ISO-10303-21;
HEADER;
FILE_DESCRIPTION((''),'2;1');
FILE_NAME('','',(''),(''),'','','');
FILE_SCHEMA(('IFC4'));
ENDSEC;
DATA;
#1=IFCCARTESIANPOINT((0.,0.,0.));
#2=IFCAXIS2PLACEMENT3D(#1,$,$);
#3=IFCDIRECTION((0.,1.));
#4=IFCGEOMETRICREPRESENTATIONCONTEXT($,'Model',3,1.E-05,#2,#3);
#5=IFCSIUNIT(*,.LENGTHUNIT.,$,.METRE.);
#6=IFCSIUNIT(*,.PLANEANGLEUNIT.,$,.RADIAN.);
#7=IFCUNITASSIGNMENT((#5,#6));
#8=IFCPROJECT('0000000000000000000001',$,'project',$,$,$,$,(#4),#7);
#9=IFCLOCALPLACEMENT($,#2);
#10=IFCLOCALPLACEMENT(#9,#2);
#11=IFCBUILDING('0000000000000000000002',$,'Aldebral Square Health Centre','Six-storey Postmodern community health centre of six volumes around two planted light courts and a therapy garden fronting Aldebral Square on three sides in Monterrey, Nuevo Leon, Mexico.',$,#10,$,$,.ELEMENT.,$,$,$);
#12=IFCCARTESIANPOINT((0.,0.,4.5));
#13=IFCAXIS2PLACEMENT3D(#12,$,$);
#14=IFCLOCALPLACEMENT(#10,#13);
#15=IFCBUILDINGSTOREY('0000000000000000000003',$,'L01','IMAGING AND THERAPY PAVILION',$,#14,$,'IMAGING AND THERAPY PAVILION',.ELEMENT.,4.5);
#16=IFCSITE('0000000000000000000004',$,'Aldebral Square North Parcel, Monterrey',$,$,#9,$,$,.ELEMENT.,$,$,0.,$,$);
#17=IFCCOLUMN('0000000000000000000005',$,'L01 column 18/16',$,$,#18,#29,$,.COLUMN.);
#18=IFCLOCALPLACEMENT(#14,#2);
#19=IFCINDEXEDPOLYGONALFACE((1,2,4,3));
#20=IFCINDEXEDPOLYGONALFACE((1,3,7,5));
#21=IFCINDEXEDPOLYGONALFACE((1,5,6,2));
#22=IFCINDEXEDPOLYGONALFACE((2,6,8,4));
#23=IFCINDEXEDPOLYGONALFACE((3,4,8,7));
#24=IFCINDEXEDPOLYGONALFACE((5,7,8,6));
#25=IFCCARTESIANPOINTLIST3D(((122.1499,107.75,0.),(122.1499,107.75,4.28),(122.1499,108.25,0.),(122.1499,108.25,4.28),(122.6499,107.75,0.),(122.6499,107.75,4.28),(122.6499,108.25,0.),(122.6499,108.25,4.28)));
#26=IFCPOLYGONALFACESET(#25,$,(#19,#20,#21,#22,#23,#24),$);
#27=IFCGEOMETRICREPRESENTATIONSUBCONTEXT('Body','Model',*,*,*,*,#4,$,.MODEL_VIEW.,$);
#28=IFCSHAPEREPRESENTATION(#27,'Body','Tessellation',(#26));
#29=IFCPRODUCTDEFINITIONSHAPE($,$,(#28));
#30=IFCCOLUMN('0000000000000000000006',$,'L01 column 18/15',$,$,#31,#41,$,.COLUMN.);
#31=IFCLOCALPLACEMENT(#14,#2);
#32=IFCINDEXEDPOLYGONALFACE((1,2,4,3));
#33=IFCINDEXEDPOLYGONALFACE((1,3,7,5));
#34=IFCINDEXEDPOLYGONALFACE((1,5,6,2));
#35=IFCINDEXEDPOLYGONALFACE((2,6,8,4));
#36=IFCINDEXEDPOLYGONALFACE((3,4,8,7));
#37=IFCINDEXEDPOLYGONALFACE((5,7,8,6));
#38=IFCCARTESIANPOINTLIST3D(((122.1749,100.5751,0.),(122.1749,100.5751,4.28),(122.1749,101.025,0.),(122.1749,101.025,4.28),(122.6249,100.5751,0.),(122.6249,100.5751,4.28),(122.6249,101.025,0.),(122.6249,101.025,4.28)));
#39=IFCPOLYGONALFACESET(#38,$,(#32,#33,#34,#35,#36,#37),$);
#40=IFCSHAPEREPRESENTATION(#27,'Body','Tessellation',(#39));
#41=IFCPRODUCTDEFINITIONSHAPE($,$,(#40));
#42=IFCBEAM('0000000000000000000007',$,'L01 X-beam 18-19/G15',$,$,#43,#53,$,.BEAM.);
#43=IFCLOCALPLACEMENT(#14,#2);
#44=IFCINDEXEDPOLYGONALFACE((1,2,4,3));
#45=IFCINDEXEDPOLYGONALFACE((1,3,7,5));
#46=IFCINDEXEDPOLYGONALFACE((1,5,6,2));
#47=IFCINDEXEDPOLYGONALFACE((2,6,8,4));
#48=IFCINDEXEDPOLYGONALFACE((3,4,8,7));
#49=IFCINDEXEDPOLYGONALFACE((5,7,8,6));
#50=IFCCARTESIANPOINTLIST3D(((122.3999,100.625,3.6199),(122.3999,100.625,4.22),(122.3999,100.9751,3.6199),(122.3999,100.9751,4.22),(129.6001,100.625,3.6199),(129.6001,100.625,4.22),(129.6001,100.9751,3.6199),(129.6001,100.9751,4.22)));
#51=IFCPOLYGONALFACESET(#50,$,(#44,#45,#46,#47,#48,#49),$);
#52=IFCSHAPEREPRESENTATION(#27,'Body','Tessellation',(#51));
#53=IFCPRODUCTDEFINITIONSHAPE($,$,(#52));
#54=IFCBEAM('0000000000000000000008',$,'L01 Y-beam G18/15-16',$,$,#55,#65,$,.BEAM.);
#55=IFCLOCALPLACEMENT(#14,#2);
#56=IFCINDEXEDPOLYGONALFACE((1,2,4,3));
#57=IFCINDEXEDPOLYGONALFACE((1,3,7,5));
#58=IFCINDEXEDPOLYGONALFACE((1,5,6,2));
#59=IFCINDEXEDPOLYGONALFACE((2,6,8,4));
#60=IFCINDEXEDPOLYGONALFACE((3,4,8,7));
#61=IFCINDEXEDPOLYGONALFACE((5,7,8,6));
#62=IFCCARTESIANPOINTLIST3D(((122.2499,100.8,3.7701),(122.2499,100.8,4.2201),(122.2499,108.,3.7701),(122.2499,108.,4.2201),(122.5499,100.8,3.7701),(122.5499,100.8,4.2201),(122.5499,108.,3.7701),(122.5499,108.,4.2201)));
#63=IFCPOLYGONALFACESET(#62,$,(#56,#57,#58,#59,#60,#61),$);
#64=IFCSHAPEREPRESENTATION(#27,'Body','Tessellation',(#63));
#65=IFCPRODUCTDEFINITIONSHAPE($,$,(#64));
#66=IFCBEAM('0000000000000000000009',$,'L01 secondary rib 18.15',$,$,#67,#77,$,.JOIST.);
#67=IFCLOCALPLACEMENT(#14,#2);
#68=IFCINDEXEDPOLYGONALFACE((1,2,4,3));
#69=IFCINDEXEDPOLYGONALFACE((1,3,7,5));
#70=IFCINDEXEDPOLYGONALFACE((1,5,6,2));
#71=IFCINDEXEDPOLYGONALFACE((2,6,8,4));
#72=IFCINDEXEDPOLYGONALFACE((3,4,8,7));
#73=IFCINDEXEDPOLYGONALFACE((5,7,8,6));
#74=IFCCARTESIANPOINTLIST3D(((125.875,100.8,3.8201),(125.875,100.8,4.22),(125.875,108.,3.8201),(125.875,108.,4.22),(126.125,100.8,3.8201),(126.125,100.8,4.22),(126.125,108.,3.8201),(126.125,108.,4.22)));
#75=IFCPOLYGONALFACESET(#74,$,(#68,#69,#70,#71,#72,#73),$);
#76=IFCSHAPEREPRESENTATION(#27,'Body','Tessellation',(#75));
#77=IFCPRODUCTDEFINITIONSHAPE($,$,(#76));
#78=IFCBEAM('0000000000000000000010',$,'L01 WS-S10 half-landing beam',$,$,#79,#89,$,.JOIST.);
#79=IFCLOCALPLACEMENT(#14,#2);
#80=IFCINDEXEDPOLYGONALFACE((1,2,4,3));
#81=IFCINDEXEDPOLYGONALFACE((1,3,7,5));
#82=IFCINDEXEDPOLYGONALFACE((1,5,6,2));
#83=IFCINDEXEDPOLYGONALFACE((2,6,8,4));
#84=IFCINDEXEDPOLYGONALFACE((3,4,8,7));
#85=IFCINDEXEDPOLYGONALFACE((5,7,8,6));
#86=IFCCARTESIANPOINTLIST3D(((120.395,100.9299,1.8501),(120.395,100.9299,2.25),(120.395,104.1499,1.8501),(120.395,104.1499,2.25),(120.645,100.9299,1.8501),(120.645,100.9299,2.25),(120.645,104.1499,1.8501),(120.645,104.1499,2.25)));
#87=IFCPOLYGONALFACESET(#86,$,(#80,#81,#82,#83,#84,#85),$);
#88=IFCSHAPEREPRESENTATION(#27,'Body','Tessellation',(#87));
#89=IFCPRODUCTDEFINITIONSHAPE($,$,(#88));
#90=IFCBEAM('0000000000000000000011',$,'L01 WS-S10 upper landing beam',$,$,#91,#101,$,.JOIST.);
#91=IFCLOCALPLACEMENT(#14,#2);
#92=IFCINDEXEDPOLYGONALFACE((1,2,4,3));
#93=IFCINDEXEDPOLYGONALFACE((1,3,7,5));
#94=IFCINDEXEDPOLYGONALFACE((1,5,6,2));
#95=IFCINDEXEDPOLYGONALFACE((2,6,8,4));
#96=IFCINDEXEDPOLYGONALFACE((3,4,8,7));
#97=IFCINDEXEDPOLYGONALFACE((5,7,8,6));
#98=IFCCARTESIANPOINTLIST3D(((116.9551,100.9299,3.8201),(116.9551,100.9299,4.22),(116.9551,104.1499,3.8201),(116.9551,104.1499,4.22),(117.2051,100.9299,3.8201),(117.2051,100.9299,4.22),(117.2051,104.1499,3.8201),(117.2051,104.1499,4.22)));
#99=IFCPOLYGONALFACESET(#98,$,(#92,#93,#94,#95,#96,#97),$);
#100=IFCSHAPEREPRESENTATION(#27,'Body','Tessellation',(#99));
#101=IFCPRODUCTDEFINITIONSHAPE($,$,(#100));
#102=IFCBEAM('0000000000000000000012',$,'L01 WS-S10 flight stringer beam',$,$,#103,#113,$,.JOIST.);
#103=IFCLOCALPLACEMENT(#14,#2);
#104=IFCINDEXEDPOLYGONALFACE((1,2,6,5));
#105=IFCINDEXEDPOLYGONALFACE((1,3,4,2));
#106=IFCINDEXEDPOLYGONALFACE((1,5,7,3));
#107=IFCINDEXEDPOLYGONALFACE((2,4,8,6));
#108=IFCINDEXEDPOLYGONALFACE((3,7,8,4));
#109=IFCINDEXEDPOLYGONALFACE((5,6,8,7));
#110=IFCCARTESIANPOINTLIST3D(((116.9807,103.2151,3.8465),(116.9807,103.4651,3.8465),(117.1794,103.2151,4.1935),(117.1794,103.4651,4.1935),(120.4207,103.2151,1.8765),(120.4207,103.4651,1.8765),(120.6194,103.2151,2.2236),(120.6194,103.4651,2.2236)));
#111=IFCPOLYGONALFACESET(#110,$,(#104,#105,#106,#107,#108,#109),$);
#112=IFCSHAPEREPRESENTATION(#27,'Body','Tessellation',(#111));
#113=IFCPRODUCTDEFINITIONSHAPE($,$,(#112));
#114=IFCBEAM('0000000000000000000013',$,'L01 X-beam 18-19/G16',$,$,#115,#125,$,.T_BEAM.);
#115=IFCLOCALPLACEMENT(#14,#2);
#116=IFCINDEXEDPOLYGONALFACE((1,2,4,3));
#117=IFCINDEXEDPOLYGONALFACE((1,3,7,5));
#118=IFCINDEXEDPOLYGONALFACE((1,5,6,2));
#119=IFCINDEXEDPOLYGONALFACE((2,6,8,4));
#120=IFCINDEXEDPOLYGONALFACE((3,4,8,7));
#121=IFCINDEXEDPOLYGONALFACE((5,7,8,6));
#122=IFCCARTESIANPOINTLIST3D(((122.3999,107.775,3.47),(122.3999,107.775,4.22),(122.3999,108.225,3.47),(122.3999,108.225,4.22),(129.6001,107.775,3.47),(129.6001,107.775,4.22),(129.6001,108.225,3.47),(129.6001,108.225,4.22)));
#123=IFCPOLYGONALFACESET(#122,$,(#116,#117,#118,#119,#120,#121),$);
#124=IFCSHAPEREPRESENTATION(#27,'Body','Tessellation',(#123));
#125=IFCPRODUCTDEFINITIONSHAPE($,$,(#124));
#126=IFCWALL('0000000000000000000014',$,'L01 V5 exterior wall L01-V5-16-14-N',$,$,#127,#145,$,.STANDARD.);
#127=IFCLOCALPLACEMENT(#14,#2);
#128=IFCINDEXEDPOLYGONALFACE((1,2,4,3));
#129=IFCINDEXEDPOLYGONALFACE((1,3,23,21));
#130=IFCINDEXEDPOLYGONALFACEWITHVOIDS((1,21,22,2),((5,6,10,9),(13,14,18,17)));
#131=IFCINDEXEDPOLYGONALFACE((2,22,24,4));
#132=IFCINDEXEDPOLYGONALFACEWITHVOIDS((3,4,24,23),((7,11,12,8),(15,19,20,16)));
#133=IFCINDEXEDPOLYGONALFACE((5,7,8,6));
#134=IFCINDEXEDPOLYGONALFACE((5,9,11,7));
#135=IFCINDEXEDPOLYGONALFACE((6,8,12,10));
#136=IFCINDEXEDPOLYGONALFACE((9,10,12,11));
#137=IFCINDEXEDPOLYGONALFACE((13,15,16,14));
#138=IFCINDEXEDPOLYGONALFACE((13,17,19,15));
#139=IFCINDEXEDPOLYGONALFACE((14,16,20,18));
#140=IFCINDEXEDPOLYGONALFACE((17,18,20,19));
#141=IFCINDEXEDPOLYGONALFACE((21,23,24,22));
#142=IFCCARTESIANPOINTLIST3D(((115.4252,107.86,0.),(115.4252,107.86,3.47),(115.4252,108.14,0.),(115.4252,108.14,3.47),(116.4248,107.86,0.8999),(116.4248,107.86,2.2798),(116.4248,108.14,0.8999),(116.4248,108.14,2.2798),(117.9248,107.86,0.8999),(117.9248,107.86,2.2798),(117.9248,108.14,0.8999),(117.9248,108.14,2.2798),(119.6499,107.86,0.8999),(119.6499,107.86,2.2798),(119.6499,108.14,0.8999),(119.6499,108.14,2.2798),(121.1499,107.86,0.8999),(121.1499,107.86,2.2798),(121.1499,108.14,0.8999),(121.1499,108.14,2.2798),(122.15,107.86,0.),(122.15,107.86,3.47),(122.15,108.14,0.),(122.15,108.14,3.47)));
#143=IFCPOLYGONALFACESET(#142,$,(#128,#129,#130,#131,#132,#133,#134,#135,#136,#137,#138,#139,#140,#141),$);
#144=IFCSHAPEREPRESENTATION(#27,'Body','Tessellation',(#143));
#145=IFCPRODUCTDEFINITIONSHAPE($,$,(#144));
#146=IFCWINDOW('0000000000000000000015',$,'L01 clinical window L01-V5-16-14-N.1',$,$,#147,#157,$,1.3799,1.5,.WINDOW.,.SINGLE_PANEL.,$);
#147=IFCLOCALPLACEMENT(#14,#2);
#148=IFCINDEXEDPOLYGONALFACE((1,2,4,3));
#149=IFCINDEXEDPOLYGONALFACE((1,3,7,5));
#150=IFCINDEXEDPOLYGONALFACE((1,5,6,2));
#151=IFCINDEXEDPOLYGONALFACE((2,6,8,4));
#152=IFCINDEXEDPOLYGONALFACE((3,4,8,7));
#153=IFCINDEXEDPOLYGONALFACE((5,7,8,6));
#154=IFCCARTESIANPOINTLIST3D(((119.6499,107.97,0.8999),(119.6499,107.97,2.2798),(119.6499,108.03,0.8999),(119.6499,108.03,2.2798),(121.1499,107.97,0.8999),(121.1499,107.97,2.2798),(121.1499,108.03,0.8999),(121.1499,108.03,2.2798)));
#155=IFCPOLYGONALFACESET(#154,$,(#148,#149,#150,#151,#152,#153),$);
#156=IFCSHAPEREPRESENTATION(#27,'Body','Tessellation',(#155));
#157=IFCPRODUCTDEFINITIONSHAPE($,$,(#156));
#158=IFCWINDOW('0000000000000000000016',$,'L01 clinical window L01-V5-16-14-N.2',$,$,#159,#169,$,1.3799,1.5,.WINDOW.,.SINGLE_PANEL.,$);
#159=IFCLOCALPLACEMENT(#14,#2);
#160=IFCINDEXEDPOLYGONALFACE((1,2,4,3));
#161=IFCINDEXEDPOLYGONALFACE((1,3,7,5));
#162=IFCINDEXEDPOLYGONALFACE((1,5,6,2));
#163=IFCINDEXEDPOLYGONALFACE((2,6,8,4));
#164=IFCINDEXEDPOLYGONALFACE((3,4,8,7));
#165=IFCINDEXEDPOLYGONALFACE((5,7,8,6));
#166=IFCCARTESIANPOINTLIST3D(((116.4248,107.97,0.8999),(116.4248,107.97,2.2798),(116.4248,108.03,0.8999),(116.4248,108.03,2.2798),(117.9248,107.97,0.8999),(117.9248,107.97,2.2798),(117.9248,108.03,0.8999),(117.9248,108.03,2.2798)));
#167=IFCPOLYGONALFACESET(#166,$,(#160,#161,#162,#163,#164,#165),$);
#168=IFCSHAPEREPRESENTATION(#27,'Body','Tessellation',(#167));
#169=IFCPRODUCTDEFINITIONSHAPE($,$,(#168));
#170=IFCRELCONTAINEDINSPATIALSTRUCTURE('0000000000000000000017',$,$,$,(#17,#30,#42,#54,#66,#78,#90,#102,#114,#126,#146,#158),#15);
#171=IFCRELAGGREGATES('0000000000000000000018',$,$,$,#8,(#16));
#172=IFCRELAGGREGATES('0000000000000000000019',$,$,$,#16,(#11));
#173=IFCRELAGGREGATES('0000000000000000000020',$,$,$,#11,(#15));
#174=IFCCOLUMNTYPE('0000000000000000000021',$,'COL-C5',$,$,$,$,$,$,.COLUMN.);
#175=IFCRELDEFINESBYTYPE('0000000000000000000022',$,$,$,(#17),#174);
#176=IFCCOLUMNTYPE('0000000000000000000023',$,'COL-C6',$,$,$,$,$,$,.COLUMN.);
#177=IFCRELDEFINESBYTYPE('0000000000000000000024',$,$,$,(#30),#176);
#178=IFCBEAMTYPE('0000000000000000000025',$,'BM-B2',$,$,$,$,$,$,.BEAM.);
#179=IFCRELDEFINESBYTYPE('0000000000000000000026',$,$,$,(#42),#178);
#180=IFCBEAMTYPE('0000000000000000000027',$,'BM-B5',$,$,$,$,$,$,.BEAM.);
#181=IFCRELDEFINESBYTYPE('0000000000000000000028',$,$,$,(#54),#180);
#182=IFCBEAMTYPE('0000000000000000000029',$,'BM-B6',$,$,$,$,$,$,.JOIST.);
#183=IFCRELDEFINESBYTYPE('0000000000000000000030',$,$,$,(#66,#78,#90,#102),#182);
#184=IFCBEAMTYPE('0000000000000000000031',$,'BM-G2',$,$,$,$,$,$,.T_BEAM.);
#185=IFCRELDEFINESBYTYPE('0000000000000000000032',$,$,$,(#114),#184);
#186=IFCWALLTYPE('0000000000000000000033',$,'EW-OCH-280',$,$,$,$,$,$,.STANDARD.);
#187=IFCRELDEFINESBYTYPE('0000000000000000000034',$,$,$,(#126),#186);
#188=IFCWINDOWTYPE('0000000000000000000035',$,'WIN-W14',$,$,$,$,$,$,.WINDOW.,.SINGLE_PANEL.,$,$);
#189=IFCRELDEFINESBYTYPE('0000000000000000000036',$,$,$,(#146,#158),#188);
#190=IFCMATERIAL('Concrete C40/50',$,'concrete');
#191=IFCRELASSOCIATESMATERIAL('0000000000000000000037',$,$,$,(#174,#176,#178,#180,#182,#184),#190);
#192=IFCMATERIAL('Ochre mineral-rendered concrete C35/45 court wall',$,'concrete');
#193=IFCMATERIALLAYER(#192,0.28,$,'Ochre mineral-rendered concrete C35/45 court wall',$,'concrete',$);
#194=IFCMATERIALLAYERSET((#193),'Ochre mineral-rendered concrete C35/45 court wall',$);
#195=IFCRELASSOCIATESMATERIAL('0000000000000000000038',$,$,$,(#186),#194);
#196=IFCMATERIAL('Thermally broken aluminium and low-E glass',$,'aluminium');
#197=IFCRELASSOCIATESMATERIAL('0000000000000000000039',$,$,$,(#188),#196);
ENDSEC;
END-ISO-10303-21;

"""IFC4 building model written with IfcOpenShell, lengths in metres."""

from ifc_helpers import new_model, si_unit, direction, frame, frame_2d, origin, origin_2d, place, context, subcontext, project, spatial, rectangle, extrude, material, layer, layer_set, material_profile, profile_set, type_object, element, fill, save


model = new_model("IFC4")

# Units and contexts
model_context = context("Model", 3, precision=1e-05, world=origin(), true_north=direction((0.0, 1.0)))
body_context = subcontext(model_context, "Body", "Model", "MODEL_VIEW")
ifc_project = project(units=[si_unit("LENGTHUNIT", "METRE"), si_unit("PLANEANGLEUNIT", "RADIAN")], contexts=[model_context])

# Site, building, storey
site_placement = place(None, origin())
site = spatial("IfcSite", under=ifc_project, at=site_placement, Name="Aldebral Square North Parcel, Monterrey", CompositionType="ELEMENT", RefElevation=0.0)
building_placement = place(site_placement, origin())
building = spatial("IfcBuilding", under=site, at=building_placement, Name="Aldebral Square Health Centre", Description="Six-storey Postmodern community health centre of six volumes around two planted light courts and a therapy garden fronting Aldebral Square on three sides in Monterrey, Nuevo Leon, Mexico.", CompositionType="ELEMENT")
storey_placement = place(building_placement, frame((0.0, 0.0, 4.5)))
storey = spatial("IfcBuildingStorey", under=building, at=storey_placement, Name="L01", Description="IMAGING AND THERAPY PAVILION", LongName="IMAGING AND THERAPY PAVILION", CompositionType="ELEMENT", Elevation=4.5)

# Columns
ifc_material_1 = material(Name="Concrete C40/50", Category="concrete")
ifc_material_profile_1 = material_profile(ifc_material_1, rectangle(XDim=0.5, YDim=0.5, at=origin_2d()), Name="RC 500x500")
ifc_profile_set_1 = profile_set([ifc_material_profile_1], Name="Concrete C40/50")
column_type_1 = type_object("IfcColumnType", Name="COL-C5", PredefinedType="COLUMN", material=ifc_profile_set_1)
column_1_placement = place(storey_placement, frame((122.3999, 108.0, 0.0), z_axis=(0.0, 0.0, 1.0), x_axis=(1.0, 0.0, 0.0)))
element("IfcColumn", 1, at=column_1_placement, inside=storey, type_object=column_type_1, Name="L01 column 18/16", PredefinedType="COLUMN", context=body_context, shape_type="SweptSolid", body=[
    extrude(rectangle(XDim=0.5, YDim=0.5, at=origin_2d()), origin(), (0.0, 0.0, 1.0), 4.28),
])
ifc_material_profile_2 = material_profile(ifc_material_1, rectangle(XDim=0.45, YDim=0.45, at=origin_2d()), Name="RC 450x450")
ifc_profile_set_2 = profile_set([ifc_material_profile_2], Name="Concrete C40/50")
column_type_2 = type_object("IfcColumnType", Name="COL-C6", PredefinedType="COLUMN", material=ifc_profile_set_2)
column_2_placement = place(storey_placement, frame((122.3999, 100.8, 0.0), z_axis=(0.0, 0.0, 1.0), x_axis=(1.0, 0.0, 0.0)))
element("IfcColumn", 2, at=column_2_placement, inside=storey, type_object=column_type_2, Name="L01 column 18/15", PredefinedType="COLUMN", context=body_context, shape_type="SweptSolid", body=[
    extrude(rectangle(XDim=0.45, YDim=0.45, at=origin_2d()), origin(), (0.0, 0.0, 1.0), 4.28),
])

# Beams
ifc_material_profile_3 = material_profile(ifc_material_1, rectangle(XDim=0.3501, YDim=0.6001, at=origin_2d()), Name="RC 350x600")
ifc_profile_set_3 = profile_set([ifc_material_profile_3], Name="Concrete C40/50")
beam_type_1 = type_object("IfcBeamType", Name="BM-B2", PredefinedType="BEAM", material=ifc_profile_set_3)
beam_1_placement = place(storey_placement, frame((122.3999, 100.8, 3.9199), z_axis=(1.0, 0.0, 0.0), x_axis=(0.0, 1.0, 0.0)))
element("IfcBeam", 3, at=beam_1_placement, inside=storey, type_object=beam_type_1, Name="L01 X-beam 18-19/G15", PredefinedType="BEAM", context=body_context, shape_type="SweptSolid", body=[
    extrude(rectangle(XDim=0.3501, YDim=0.6001, at=origin_2d()), origin(), (0.0, 0.0, 1.0), 7.2002),
])
ifc_material_profile_4 = material_profile(ifc_material_1, rectangle(XDim=0.3, YDim=0.45, at=origin_2d()), Name="RC 300x450")
ifc_profile_set_4 = profile_set([ifc_material_profile_4], Name="Concrete C40/50")
beam_type_2 = type_object("IfcBeamType", Name="BM-B5", PredefinedType="BEAM", material=ifc_profile_set_4)
beam_2_placement = place(storey_placement, frame((122.3999, 100.8, 3.9951), z_axis=(0.0, 1.0, 0.0), x_axis=(-1.0, 0.0, 0.0)))
element("IfcBeam", 4, at=beam_2_placement, inside=storey, type_object=beam_type_2, Name="L01 Y-beam G18/15-16", PredefinedType="BEAM", context=body_context, shape_type="SweptSolid", body=[
    extrude(rectangle(XDim=0.3, YDim=0.45, at=origin_2d()), origin(), (0.0, 0.0, 1.0), 7.2),
])
ifc_material_profile_5 = material_profile(ifc_material_1, rectangle(XDim=0.25, YDim=0.3999, at=origin_2d()), Name="RC 250x400")
ifc_profile_set_5 = profile_set([ifc_material_profile_5], Name="Concrete C40/50")
beam_type_3 = type_object("IfcBeamType", Name="BM-B6", PredefinedType="JOIST", material=ifc_profile_set_5)
beam_3_placement = place(storey_placement, frame((126.0, 100.8, 4.02), z_axis=(0.0, 1.0, 0.0), x_axis=(-1.0, 0.0, 0.0)))
element("IfcBeam", 5, at=beam_3_placement, inside=storey, type_object=beam_type_3, Name="L01 secondary rib 18.15", PredefinedType="JOIST", context=body_context, shape_type="SweptSolid", body=[
    extrude(rectangle(XDim=0.25, YDim=0.3999, at=origin_2d()), origin(), (0.0, 0.0, 1.0), 7.2),
])
for number, where, z_axis, x_axis, name in (
    (6, (120.52, 100.9299, 2.05), (0.0, 1.0, 0.0), (-1.0, 0.0, 0.0), "L01 WS-S10 half-landing beam"),
    (7, (117.0801, 100.9299, 4.02), (0.0, 1.0, 0.0), (-1.0, 0.0, 0.0), "L01 WS-S10 upper landing beam"),
):
    element("IfcBeam", number, at=place(storey_placement, frame(where, z_axis=z_axis, x_axis=x_axis)), inside=storey, type_object=beam_type_3, Name=name, PredefinedType="JOIST", context=body_context, shape_type="SweptSolid", body=[
        extrude(rectangle(XDim=0.25, YDim=0.3999, at=origin_2d()), origin(), (0.0, 0.0, 1.0), 3.22),
    ])
beam_4_placement = place(storey_placement, frame((120.52, 103.3401, 2.05), z_axis=(-0.867777, 0.0, 0.496955), x_axis=(0.0, -1.0, 0.0)))
element("IfcBeam", 8, at=beam_4_placement, inside=storey, type_object=beam_type_3, Name="L01 WS-S10 flight stringer beam", PredefinedType="JOIST", context=body_context, shape_type="SweptSolid", body=[
    extrude(rectangle(XDim=0.25, YDim=0.3999, at=origin_2d()), origin(), (0.0, 0.0, 1.0), 3.9641),
])
ifc_material_profile_6 = material_profile(ifc_material_1, rectangle(XDim=0.45, YDim=0.75, at=origin_2d()), Name="RC 450x750")
ifc_profile_set_6 = profile_set([ifc_material_profile_6], Name="Concrete C40/50")
beam_type_4 = type_object("IfcBeamType", Name="BM-G2", PredefinedType="T_BEAM", material=ifc_profile_set_6)
beam_5_placement = place(storey_placement, frame((122.3999, 108.0, 3.845), z_axis=(1.0, 0.0, 0.0), x_axis=(0.0, 1.0, 0.0)))
element("IfcBeam", 9, at=beam_5_placement, inside=storey, type_object=beam_type_4, Name="L01 X-beam 18-19/G16", PredefinedType="T_BEAM", context=body_context, shape_type="SweptSolid", body=[
    extrude(rectangle(XDim=0.45, YDim=0.75, at=origin_2d()), origin(), (0.0, 0.0, 1.0), 7.2002),
])

# Wall, openings, windows
ifc_material_2 = material(Name="Ochre mineral-rendered concrete C35/45 court wall", Category="concrete")
ifc_layer_1 = layer(ifc_material_2, 0.28, Name="Ochre mineral-rendered concrete C35/45 court wall", Category="concrete")
ifc_layer_set_1 = layer_set([ifc_layer_1], Name="Ochre mineral-rendered concrete C35/45 court wall")
wall_type_1 = type_object("IfcWallType", Name="EW-OCH-280", PredefinedType="STANDARD", material=ifc_layer_set_1)
wall_1_placement = place(storey_placement, frame((122.1499, 108.0, 0.0), z_axis=(0.0, 0.0, 1.0), x_axis=(-1.0, 0.0, 0.0)))
wall_1 = element("IfcWall", 10, at=wall_1_placement, inside=storey, type_object=wall_type_1, Name="L01 V5 exterior wall L01-V5-16-14-N", PredefinedType="STANDARD", context=body_context, shape_type="SweptSolid", body=[
    extrude(rectangle(XDim=6.7249, YDim=0.28, at=frame_2d((3.3623, 0.0))), origin(), (0.0, 0.0, 1.0), 3.47),
])
opening_1_placement = place(wall_1_placement, frame((1.0, 0.0, 0.8999)))
opening_1 = element("IfcOpeningElement", 11, at=opening_1_placement, cuts=wall_1, PredefinedType="OPENING", context=body_context, shape_type="SweptSolid", body=[
    extrude(rectangle(XDim=1.5, YDim=1.3799, at=frame_2d((0.75, 0.6899))), frame((0.0, 0.1499, 0.0), z_axis=(0.0, -1.0, 0.0), x_axis=(1.0, 0.0, 0.0)), (0.0, 0.0, 1.0), 0.3),
])
opening_2_placement = place(wall_1_placement, frame((4.2251, 0.0, 0.8999)))
opening_2 = element("IfcOpeningElement", 12, at=opening_2_placement, cuts=wall_1, PredefinedType="OPENING", context=body_context, shape_type="SweptSolid", body=[
    extrude(rectangle(XDim=1.5, YDim=1.3799, at=frame_2d((0.75, 0.6899))), frame((0.0, 0.1499, 0.0), z_axis=(0.0, -1.0, 0.0), x_axis=(1.0, 0.0, 0.0)), (0.0, 0.0, 1.0), 0.3),
])
ifc_material_3 = material(Name="Thermally broken aluminium and low-E glass", Category="aluminium")
window_type_1 = type_object("IfcWindowType", Name="WIN-W14", PartitioningType="SINGLE_PANEL", PredefinedType="WINDOW", material=ifc_material_3)
window_1_placement = place(opening_1_placement, origin())
window_1 = element("IfcWindow", 13, at=window_1_placement, inside=storey, type_object=window_type_1, Name="L01 clinical window L01-V5-16-14-N.1", OverallHeight=1.3799, OverallWidth=1.5, PartitioningType="SINGLE_PANEL", PredefinedType="WINDOW", context=body_context, shape_type="SweptSolid", body=[
    extrude(rectangle(XDim=1.5, YDim=1.3799, at=frame_2d((0.75, 0.6899))), frame((0.0, 0.03, 0.0), z_axis=(0.0, -1.0, 0.0), x_axis=(1.0, 0.0, 0.0)), (0.0, 0.0, 1.0), 0.0601),
])
fill(opening_1, window_1)
window_2_placement = place(opening_2_placement, origin())
window_2 = element("IfcWindow", 14, at=window_2_placement, inside=storey, type_object=window_type_1, Name="L01 clinical window L01-V5-16-14-N.2", OverallHeight=1.3799, OverallWidth=1.5, PartitioningType="SINGLE_PANEL", PredefinedType="WINDOW", context=body_context, shape_type="SweptSolid", body=[
    extrude(rectangle(XDim=1.5, YDim=1.3799, at=frame_2d((0.75, 0.6899))), frame((0.0, 0.03, 0.0), z_axis=(0.0, -1.0, 0.0), x_axis=(1.0, 0.0, 0.0)), (0.0, 0.0, 1.0), 0.0601),
])
fill(opening_2, window_2)

save(model, "model.ifc")
